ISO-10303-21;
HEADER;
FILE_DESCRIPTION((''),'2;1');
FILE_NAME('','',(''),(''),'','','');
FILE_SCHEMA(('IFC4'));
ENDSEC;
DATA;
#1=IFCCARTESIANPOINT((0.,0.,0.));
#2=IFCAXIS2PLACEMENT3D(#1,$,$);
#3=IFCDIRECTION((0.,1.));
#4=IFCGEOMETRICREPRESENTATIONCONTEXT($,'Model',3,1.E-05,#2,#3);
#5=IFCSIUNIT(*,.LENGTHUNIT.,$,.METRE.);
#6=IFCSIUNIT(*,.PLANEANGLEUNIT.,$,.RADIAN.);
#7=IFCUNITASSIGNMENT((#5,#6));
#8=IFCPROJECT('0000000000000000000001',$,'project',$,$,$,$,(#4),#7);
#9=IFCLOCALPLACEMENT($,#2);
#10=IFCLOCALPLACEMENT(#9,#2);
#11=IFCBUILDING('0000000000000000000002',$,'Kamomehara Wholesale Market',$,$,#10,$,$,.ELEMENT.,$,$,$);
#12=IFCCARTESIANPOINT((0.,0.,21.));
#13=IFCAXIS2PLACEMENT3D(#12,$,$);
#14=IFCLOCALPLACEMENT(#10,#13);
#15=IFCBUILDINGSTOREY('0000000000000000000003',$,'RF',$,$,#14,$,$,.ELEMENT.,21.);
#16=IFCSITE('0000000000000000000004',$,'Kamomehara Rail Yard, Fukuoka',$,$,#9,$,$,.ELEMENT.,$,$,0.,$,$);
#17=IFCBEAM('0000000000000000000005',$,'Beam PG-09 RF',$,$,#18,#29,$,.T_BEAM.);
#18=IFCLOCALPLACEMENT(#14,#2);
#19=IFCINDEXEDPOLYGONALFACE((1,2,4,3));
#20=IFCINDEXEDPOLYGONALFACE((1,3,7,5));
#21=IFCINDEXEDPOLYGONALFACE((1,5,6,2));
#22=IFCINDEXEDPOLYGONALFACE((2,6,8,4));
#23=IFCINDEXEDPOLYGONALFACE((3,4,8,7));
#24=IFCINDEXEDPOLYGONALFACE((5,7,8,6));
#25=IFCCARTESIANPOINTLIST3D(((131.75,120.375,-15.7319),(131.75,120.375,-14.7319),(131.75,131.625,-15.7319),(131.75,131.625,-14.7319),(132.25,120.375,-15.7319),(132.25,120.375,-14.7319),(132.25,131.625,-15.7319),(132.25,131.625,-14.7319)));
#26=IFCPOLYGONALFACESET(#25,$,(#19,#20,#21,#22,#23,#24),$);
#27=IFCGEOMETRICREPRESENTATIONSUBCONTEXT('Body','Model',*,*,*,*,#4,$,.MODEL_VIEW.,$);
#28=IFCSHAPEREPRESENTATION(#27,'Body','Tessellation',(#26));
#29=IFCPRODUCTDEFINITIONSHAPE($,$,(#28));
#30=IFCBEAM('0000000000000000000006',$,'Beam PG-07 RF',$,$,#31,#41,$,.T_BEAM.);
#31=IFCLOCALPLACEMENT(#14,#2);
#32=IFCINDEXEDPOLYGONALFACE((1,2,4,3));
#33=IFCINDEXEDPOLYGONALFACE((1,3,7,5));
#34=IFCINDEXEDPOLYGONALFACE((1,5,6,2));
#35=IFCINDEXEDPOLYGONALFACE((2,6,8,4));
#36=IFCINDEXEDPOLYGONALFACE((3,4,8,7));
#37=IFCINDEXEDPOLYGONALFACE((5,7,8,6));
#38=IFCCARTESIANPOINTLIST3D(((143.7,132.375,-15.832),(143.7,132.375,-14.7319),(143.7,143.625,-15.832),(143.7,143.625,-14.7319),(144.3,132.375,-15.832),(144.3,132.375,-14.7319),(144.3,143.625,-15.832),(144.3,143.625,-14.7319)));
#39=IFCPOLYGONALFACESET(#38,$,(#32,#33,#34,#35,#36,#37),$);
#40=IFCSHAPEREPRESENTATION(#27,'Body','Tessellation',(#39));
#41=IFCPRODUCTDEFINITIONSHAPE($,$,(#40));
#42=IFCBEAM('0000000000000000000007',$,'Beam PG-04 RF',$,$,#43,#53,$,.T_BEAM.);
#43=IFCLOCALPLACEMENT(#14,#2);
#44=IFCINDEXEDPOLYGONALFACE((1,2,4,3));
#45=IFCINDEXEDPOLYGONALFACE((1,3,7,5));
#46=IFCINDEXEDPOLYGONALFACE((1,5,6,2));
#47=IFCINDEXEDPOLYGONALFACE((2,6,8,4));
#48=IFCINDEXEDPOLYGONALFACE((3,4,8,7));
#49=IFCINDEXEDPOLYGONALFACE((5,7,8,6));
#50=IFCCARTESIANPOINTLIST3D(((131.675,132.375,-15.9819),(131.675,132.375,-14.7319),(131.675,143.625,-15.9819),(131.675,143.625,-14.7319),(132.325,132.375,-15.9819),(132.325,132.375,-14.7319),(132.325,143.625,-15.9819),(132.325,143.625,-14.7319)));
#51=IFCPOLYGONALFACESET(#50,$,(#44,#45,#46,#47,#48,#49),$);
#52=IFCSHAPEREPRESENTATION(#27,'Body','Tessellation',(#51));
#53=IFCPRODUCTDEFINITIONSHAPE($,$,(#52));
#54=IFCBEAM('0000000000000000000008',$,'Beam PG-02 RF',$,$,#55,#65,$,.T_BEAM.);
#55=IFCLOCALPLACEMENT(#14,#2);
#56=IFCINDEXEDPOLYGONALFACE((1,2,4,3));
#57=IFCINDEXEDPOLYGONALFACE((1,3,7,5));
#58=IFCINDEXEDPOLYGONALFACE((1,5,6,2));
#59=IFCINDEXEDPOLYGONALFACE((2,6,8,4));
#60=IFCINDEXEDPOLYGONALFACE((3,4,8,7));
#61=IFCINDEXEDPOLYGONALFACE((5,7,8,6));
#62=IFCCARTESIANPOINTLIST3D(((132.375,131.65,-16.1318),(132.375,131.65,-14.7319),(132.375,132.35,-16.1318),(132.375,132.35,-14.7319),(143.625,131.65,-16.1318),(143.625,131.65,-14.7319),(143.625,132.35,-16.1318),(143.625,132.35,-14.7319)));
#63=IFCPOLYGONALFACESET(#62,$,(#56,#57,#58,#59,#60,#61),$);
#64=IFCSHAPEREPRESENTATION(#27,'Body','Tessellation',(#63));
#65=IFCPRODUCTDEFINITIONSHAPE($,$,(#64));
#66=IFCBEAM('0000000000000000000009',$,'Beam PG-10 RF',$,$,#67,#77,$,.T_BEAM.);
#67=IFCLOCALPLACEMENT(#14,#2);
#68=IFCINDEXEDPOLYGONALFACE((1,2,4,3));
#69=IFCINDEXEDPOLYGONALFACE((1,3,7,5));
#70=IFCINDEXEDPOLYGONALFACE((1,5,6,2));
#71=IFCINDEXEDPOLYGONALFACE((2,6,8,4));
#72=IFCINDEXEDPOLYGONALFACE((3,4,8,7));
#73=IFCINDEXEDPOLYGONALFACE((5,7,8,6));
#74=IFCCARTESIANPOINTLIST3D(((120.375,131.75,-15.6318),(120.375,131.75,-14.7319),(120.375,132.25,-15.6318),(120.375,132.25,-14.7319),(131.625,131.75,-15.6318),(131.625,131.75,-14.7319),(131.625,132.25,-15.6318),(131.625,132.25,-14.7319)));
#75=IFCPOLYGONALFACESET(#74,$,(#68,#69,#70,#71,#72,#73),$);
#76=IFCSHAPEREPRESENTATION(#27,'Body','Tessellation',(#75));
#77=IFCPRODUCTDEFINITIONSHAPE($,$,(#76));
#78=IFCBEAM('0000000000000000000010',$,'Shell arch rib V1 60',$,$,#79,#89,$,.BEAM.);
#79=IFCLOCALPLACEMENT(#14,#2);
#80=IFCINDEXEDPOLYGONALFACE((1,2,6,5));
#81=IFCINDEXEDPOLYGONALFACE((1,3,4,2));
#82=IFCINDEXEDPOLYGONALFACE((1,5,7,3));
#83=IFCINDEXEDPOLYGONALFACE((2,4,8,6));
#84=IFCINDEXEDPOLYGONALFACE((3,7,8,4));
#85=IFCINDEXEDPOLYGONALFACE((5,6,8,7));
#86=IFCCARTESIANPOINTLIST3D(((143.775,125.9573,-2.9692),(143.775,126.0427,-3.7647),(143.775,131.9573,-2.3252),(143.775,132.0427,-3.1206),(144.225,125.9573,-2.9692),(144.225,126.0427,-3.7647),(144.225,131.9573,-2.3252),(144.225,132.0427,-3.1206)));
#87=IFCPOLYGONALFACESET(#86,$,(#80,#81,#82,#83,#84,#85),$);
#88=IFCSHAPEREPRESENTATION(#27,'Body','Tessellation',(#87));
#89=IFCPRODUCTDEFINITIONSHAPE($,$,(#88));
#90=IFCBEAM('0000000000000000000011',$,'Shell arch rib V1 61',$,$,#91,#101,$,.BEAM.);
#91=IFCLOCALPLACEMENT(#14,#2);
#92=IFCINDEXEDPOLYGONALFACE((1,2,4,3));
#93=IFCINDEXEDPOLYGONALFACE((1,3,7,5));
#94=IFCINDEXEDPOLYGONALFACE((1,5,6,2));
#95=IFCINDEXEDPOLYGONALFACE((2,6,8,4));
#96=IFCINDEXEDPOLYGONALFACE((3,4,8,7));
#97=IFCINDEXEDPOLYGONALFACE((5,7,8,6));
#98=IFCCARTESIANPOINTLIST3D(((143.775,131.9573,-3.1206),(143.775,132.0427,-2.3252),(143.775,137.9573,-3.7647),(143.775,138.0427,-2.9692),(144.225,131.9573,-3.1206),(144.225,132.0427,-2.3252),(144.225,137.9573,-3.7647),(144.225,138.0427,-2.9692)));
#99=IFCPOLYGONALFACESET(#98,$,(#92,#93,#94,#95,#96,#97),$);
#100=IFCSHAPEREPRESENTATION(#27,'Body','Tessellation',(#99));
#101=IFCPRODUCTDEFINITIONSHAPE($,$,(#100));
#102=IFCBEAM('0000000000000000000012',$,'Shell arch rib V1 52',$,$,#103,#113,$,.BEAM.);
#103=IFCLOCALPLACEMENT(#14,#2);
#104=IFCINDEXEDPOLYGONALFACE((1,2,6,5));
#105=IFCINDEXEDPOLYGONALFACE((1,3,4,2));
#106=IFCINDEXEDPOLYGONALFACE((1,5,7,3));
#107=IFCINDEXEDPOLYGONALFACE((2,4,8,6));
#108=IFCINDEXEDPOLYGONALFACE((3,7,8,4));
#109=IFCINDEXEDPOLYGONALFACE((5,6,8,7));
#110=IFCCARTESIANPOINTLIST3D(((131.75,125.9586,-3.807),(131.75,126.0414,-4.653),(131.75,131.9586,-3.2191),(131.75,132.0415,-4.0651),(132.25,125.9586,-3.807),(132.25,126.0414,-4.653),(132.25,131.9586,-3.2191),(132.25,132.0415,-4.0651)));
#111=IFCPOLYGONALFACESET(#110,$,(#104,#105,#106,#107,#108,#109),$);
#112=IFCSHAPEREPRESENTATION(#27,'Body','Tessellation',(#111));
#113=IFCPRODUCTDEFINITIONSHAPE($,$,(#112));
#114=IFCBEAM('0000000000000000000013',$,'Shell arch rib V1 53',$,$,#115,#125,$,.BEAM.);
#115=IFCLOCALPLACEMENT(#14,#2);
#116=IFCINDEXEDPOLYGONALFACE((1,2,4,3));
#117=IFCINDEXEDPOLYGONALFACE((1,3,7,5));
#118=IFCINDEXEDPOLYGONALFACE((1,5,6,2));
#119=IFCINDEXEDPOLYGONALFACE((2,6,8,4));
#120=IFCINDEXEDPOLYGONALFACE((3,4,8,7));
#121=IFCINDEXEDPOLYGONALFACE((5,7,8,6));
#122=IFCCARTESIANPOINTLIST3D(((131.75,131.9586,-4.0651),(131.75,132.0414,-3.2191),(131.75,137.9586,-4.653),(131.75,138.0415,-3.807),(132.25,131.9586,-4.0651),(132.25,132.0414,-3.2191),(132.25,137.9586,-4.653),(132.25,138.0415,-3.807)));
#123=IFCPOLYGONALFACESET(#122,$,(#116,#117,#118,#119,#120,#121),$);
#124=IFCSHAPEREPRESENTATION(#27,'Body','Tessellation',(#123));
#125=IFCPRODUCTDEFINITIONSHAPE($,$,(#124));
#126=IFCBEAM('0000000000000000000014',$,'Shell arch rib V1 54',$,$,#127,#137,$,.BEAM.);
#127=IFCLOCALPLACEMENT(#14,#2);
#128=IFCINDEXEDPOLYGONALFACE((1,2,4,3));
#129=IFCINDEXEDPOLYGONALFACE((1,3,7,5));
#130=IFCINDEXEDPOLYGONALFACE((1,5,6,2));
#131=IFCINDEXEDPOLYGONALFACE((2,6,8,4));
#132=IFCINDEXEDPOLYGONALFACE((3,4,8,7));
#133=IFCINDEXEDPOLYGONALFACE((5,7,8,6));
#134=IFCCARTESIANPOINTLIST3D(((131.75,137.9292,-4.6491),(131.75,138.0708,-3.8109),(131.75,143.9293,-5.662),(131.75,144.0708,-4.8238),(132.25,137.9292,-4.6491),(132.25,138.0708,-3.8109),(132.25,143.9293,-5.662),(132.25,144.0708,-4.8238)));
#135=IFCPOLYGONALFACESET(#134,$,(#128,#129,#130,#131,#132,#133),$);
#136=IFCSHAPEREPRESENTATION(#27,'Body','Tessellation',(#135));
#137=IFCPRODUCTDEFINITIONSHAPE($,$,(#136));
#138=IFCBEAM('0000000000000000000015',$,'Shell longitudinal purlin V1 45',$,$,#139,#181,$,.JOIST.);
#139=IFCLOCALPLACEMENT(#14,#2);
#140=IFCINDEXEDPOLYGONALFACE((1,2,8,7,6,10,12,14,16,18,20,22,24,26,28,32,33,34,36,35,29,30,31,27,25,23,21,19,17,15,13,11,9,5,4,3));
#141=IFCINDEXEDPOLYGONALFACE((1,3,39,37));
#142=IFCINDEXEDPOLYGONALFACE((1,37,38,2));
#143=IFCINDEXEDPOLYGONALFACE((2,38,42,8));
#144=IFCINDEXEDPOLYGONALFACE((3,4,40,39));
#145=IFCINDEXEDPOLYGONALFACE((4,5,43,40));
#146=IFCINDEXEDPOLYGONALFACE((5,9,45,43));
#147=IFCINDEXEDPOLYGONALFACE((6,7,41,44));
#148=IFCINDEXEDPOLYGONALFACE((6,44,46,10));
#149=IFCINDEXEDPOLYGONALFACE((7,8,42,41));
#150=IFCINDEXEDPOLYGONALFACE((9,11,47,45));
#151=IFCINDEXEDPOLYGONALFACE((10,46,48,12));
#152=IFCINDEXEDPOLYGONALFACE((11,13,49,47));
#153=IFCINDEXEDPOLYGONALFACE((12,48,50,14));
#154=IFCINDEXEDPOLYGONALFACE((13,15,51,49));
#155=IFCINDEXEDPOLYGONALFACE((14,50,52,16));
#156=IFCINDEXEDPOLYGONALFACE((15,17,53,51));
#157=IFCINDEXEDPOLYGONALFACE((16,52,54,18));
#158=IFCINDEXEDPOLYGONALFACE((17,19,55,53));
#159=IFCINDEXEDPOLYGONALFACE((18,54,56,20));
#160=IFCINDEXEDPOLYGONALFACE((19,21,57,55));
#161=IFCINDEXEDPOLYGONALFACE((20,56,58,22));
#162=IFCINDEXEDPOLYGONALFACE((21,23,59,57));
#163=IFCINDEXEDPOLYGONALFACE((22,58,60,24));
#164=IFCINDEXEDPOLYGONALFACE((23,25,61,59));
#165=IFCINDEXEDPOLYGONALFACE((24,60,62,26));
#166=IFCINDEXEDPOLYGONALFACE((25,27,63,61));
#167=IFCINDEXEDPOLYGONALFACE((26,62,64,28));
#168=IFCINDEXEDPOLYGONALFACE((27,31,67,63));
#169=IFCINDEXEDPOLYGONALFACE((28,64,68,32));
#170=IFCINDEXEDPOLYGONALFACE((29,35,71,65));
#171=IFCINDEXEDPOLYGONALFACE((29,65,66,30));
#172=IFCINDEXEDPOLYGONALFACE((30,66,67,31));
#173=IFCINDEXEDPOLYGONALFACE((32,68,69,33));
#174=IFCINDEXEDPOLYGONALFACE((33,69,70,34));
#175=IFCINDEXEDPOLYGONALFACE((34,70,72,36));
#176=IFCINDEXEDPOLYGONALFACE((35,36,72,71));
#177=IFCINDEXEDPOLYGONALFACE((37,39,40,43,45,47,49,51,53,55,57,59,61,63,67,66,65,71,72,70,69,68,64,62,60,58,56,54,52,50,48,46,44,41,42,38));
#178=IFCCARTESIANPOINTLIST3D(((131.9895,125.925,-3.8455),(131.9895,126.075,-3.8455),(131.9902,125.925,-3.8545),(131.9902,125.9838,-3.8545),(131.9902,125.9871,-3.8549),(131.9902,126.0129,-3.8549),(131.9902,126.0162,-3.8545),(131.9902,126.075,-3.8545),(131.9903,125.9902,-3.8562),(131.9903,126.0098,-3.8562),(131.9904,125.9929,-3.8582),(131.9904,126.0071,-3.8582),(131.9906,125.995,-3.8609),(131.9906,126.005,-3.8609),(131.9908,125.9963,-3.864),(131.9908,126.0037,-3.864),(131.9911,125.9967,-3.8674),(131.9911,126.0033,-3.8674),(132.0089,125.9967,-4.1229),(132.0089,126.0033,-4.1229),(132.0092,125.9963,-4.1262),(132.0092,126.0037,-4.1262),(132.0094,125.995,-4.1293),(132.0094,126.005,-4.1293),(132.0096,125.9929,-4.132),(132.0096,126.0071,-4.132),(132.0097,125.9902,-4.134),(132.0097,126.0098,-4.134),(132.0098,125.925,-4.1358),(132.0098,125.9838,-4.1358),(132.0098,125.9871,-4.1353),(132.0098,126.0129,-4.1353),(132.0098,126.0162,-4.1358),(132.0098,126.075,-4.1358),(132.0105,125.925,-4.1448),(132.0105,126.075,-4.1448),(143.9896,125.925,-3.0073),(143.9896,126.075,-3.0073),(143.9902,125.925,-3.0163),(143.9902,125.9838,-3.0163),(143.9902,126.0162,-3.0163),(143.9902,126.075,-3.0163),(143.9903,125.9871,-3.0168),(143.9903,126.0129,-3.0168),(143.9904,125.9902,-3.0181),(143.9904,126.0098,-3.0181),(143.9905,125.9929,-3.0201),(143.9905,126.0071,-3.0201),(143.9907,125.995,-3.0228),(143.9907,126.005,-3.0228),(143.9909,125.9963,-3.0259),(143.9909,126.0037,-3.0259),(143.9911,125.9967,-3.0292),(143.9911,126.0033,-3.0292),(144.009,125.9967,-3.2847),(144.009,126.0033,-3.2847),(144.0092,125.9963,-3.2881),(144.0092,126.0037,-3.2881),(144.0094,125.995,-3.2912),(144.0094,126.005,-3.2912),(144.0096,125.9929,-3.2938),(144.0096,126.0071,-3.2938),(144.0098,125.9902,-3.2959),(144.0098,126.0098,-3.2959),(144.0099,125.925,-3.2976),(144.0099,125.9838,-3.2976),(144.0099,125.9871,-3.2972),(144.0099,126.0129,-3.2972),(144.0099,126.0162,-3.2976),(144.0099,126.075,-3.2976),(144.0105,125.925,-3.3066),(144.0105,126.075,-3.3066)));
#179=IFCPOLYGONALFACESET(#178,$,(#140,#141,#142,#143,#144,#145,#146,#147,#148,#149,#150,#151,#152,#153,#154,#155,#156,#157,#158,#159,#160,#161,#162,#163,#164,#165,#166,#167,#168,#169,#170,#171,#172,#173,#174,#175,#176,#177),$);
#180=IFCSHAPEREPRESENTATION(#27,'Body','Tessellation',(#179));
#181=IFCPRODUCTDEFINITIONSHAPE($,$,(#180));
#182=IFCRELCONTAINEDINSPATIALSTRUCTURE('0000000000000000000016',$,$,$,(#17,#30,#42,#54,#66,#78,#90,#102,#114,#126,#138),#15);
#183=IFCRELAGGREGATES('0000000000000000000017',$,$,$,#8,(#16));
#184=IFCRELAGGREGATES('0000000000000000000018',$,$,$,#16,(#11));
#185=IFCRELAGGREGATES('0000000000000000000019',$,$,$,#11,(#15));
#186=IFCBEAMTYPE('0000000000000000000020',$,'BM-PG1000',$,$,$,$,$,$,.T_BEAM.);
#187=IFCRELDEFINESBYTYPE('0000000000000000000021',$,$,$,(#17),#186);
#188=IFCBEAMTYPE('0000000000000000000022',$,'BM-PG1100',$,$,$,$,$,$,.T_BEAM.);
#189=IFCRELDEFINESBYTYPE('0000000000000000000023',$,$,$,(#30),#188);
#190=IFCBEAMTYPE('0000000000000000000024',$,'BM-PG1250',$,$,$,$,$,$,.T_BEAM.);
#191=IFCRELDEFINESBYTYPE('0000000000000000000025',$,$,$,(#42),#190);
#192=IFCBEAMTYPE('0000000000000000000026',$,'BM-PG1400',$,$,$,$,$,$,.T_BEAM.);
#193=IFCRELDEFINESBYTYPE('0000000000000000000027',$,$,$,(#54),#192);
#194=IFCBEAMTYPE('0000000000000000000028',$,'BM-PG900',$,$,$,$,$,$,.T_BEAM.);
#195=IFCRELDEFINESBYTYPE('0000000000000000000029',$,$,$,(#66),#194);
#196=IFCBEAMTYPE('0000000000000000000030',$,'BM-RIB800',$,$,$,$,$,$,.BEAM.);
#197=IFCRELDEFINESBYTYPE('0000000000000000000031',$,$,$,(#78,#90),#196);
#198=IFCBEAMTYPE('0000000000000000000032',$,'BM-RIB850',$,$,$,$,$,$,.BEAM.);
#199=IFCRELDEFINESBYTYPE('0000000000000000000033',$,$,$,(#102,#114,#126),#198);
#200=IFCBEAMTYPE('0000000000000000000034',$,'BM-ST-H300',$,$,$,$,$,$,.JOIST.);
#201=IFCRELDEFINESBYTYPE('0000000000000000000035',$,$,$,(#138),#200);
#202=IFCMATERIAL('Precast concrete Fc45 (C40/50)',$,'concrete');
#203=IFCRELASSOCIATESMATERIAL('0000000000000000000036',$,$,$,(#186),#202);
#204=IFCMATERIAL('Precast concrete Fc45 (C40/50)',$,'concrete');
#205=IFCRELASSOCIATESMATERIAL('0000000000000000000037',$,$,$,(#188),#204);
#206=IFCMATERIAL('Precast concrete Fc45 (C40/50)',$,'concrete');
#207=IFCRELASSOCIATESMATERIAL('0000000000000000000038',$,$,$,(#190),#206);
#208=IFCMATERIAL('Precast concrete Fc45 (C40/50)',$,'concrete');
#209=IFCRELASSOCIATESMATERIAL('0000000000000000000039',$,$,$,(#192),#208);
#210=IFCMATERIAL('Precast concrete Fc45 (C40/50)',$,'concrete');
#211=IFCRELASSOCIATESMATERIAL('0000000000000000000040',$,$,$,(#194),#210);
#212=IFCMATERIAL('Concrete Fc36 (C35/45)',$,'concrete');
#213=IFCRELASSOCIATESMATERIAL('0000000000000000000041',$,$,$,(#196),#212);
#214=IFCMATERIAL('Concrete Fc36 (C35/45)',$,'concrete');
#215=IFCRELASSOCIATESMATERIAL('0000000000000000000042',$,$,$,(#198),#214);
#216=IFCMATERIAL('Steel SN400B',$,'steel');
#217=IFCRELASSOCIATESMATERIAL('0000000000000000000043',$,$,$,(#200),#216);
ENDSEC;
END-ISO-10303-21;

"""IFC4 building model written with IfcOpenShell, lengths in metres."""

from ifc_helpers import new_model, si_unit, direction, frame, origin, origin_2d, place, context, subcontext, project, spatial, rectangle, i_section, extrude, material, material_profile, profile_set, type_object, element, save


model = new_model("IFC4")

# Units and contexts
model_context = context("Model", 3, precision=1e-05, world=origin(), true_north=direction((0.0, 1.0)))
body_context = subcontext(model_context, "Body", "Model", "MODEL_VIEW")
ifc_project = project(units=[si_unit("LENGTHUNIT", "METRE"), si_unit("PLANEANGLEUNIT", "RADIAN")], contexts=[model_context])

# Site, building, storey
site_placement = place(None, origin())
site = spatial("IfcSite", under=ifc_project, at=site_placement, Name="Kamomehara Rail Yard, Fukuoka", CompositionType="ELEMENT", RefElevation=0.0)
building_placement = place(site_placement, origin())
building = spatial("IfcBuilding", under=site, at=building_placement, Name="Kamomehara Wholesale Market", CompositionType="ELEMENT")
storey_placement = place(building_placement, frame((0.0, 0.0, 21.0)))
storey = spatial("IfcBuildingStorey", under=building, at=storey_placement, Name="RF", CompositionType="ELEMENT", Elevation=21.0)

# Beams
ifc_material_1 = material(Name="Precast concrete Fc45 (C40/50)", Category="concrete")
ifc_material_profile_1 = material_profile(ifc_material_1, rectangle(XDim=0.5, YDim=1.0, at=origin_2d()), Name="PC-GRD-500x1000")
ifc_profile_set_1 = profile_set([ifc_material_profile_1], Name="Precast concrete Fc45 (C40/50)")
beam_type_1 = type_object("IfcBeamType", Name="BM-PG1000", PredefinedType="T_BEAM", material=ifc_profile_set_1)
beam_1_placement = place(storey_placement, frame((132.0, 120.375, -15.2319), z_axis=(0.0, 1.0, 0.0), x_axis=(-1.0, 0.0, 0.0)))
element("IfcBeam", 1, at=beam_1_placement, inside=storey, type_object=beam_type_1, Name="Beam PG-09 RF", PredefinedType="T_BEAM", context=body_context, shape_type="SweptSolid", body=[
    extrude(rectangle(XDim=0.5, YDim=1.0, at=origin_2d()), origin(), (0.0, 0.0, 1.0), 11.25),
])
ifc_material_2 = material(Name="Precast concrete Fc45 (C40/50)", Category="concrete")
ifc_material_profile_2 = material_profile(ifc_material_2, rectangle(XDim=0.6001, YDim=1.1001, at=origin_2d()), Name="PC-GRD-600x1100")
ifc_profile_set_2 = profile_set([ifc_material_profile_2], Name="Precast concrete Fc45 (C40/50)")
beam_type_2 = type_object("IfcBeamType", Name="BM-PG1100", PredefinedType="T_BEAM", material=ifc_profile_set_2)
beam_2_placement = place(storey_placement, frame((144.0, 132.375, -15.282), z_axis=(0.0, 1.0, 0.0), x_axis=(-1.0, 0.0, 0.0)))
element("IfcBeam", 2, at=beam_2_placement, inside=storey, type_object=beam_type_2, Name="Beam PG-07 RF", PredefinedType="T_BEAM", context=body_context, shape_type="SweptSolid", body=[
    extrude(rectangle(XDim=0.6001, YDim=1.1001, at=origin_2d()), origin(), (0.0, 0.0, 1.0), 11.25),
])
ifc_material_3 = material(Name="Precast concrete Fc45 (C40/50)", Category="concrete")
ifc_material_profile_3 = material_profile(ifc_material_3, rectangle(XDim=0.6499, YDim=1.25, at=origin_2d()), Name="PC-GRD-650x1250")
ifc_profile_set_3 = profile_set([ifc_material_profile_3], Name="Precast concrete Fc45 (C40/50)")
beam_type_3 = type_object("IfcBeamType", Name="BM-PG1250", PredefinedType="T_BEAM", material=ifc_profile_set_3)
beam_3_placement = place(storey_placement, frame((132.0, 132.375, -15.3569), z_axis=(0.0, 1.0, 0.0), x_axis=(-1.0, 0.0, 0.0)))
element("IfcBeam", 3, at=beam_3_placement, inside=storey, type_object=beam_type_3, Name="Beam PG-04 RF", PredefinedType="T_BEAM", context=body_context, shape_type="SweptSolid", body=[
    extrude(rectangle(XDim=0.6499, YDim=1.25, at=origin_2d()), origin(), (0.0, 0.0, 1.0), 11.25),
])
ifc_material_4 = material(Name="Precast concrete Fc45 (C40/50)", Category="concrete")
ifc_material_profile_4 = material_profile(ifc_material_4, rectangle(XDim=0.7, YDim=1.3999, at=origin_2d()), Name="PC-GRD-700x1400")
ifc_profile_set_4 = profile_set([ifc_material_profile_4], Name="Precast concrete Fc45 (C40/50)")
beam_type_4 = type_object("IfcBeamType", Name="BM-PG1400", PredefinedType="T_BEAM", material=ifc_profile_set_4)
beam_4_placement = place(storey_placement, frame((132.375, 132.0, -15.4319), z_axis=(1.0, 0.0, 0.0), x_axis=(0.0, 1.0, 0.0)))
element("IfcBeam", 4, at=beam_4_placement, inside=storey, type_object=beam_type_4, Name="Beam PG-02 RF", PredefinedType="T_BEAM", context=body_context, shape_type="SweptSolid", body=[
    extrude(rectangle(XDim=0.7, YDim=1.3999, at=origin_2d()), origin(), (0.0, 0.0, 1.0), 11.25),
])
ifc_material_5 = material(Name="Precast concrete Fc45 (C40/50)", Category="concrete")
ifc_material_profile_5 = material_profile(ifc_material_5, rectangle(XDim=0.5, YDim=0.8999, at=origin_2d()), Name="PC-GRD-500x900")
ifc_profile_set_5 = profile_set([ifc_material_profile_5], Name="Precast concrete Fc45 (C40/50)")
beam_type_5 = type_object("IfcBeamType", Name="BM-PG900", PredefinedType="T_BEAM", material=ifc_profile_set_5)
beam_5_placement = place(storey_placement, frame((120.375, 132.0, -15.1819), z_axis=(1.0, 0.0, 0.0), x_axis=(0.0, 1.0, 0.0)))
element("IfcBeam", 5, at=beam_5_placement, inside=storey, type_object=beam_type_5, Name="Beam PG-10 RF", PredefinedType="T_BEAM", context=body_context, shape_type="SweptSolid", body=[
    extrude(rectangle(XDim=0.5, YDim=0.8999, at=origin_2d()), origin(), (0.0, 0.0, 1.0), 11.25),
])
ifc_material_6 = material(Name="Concrete Fc36 (C35/45)", Category="concrete")
ifc_material_profile_6 = material_profile(ifc_material_6, rectangle(XDim=0.45, YDim=0.8, at=origin_2d()), Name="RC-RIB-450x800")
ifc_profile_set_6 = profile_set([ifc_material_profile_6], Name="Concrete Fc36 (C35/45)")
beam_type_6 = type_object("IfcBeamType", Name="BM-RIB800", PredefinedType="BEAM", material=ifc_profile_set_6)
for number, where, z_axis, x_axis, name in (
    (6, (144.0, 126.0, -3.3669), (0.0, 0.994288, 0.106727), (-1.0, 0.0, 0.0), "Shell arch rib V1 60"),
    (7, (144.0, 132.0, -2.7229), (0.0, 0.994288, -0.106727), (-1.0, 0.0, 0.0), "Shell arch rib V1 61"),
):
    element("IfcBeam", number, at=place(storey_placement, frame(where, z_axis=z_axis, x_axis=x_axis)), inside=storey, type_object=beam_type_6, Name=name, PredefinedType="BEAM", context=body_context, shape_type="SweptSolid", body=[
        extrude(rectangle(XDim=0.45, YDim=0.8, at=origin_2d()), origin(), (0.0, 0.0, 1.0), 6.0344),
    ])
ifc_material_7 = material(Name="Concrete Fc36 (C35/45)", Category="concrete")
ifc_material_profile_7 = material_profile(ifc_material_7, rectangle(XDim=0.5, YDim=0.8501, at=origin_2d()), Name="RC-RIB-500x850")
ifc_profile_set_7 = profile_set([ifc_material_profile_7], Name="Concrete Fc36 (C35/45)")
beam_type_7 = type_object("IfcBeamType", Name="BM-RIB850", PredefinedType="BEAM", material=ifc_profile_set_7)
for number, where, z_axis, x_axis, name in (
    (8, (132.0, 126.0, -4.23), (0.0, 0.995234, 0.097515), (-1.0, 0.0, 0.0), "Shell arch rib V1 52"),
    (9, (132.0, 132.0, -3.6421), (0.0, 0.995234, -0.097515), (-1.0, 0.0, 0.0), "Shell arch rib V1 53"),
):
    element("IfcBeam", number, at=place(storey_placement, frame(where, z_axis=z_axis, x_axis=x_axis)), inside=storey, type_object=beam_type_7, Name=name, PredefinedType="BEAM", context=body_context, shape_type="SweptSolid", body=[
        extrude(rectangle(XDim=0.5, YDim=0.8501, at=origin_2d()), origin(), (0.0, 0.0, 1.0), 6.0288),
    ])
beam_6_placement = place(storey_placement, frame((132.0, 138.0, -4.23), z_axis=(0.0, 0.986047, -0.166468), x_axis=(-1.0, 0.0, 0.0)))
element("IfcBeam", 10, at=beam_6_placement, inside=storey, type_object=beam_type_7, Name="Shell arch rib V1 54", PredefinedType="BEAM", context=body_context, shape_type="SweptSolid", body=[
    extrude(rectangle(XDim=0.5, YDim=0.8501, at=origin_2d()), origin(), (0.0, 0.0, 1.0), 6.085),
])
ifc_material_8 = material(Name="Steel SN400B", Category="steel")
ifc_material_profile_8 = material_profile(ifc_material_8, i_section(OverallWidth=0.1499, OverallDepth=0.3, WebThickness=0.0066, FlangeThickness=0.009, FilletRadius=0.0129, at=origin_2d()), Name="H-300x150x6.5x9")
ifc_profile_set_8 = profile_set([ifc_material_profile_8], Name="Steel SN400B")
beam_type_8 = type_object("IfcBeamType", Name="BM-ST-H300", PredefinedType="JOIST", material=ifc_profile_set_8)
beam_7_placement = place(storey_placement, frame((132.0, 126.0, -3.9951), z_axis=(0.99757, 0.0, 0.069675), x_axis=(0.0, 1.0, 0.0)))
element("IfcBeam", 11, at=beam_7_placement, inside=storey, type_object=beam_type_8, Name="Shell longitudinal purlin V1 45", PredefinedType="JOIST", context=body_context, shape_type="SweptSolid", body=[
    extrude(i_section(OverallWidth=0.1499, OverallDepth=0.3, WebThickness=0.0066, FlangeThickness=0.009, FilletRadius=0.0129, at=origin_2d()), origin(), (0.0, 0.0, 1.0), 12.0293),
])

save(model, "model.ifc")
